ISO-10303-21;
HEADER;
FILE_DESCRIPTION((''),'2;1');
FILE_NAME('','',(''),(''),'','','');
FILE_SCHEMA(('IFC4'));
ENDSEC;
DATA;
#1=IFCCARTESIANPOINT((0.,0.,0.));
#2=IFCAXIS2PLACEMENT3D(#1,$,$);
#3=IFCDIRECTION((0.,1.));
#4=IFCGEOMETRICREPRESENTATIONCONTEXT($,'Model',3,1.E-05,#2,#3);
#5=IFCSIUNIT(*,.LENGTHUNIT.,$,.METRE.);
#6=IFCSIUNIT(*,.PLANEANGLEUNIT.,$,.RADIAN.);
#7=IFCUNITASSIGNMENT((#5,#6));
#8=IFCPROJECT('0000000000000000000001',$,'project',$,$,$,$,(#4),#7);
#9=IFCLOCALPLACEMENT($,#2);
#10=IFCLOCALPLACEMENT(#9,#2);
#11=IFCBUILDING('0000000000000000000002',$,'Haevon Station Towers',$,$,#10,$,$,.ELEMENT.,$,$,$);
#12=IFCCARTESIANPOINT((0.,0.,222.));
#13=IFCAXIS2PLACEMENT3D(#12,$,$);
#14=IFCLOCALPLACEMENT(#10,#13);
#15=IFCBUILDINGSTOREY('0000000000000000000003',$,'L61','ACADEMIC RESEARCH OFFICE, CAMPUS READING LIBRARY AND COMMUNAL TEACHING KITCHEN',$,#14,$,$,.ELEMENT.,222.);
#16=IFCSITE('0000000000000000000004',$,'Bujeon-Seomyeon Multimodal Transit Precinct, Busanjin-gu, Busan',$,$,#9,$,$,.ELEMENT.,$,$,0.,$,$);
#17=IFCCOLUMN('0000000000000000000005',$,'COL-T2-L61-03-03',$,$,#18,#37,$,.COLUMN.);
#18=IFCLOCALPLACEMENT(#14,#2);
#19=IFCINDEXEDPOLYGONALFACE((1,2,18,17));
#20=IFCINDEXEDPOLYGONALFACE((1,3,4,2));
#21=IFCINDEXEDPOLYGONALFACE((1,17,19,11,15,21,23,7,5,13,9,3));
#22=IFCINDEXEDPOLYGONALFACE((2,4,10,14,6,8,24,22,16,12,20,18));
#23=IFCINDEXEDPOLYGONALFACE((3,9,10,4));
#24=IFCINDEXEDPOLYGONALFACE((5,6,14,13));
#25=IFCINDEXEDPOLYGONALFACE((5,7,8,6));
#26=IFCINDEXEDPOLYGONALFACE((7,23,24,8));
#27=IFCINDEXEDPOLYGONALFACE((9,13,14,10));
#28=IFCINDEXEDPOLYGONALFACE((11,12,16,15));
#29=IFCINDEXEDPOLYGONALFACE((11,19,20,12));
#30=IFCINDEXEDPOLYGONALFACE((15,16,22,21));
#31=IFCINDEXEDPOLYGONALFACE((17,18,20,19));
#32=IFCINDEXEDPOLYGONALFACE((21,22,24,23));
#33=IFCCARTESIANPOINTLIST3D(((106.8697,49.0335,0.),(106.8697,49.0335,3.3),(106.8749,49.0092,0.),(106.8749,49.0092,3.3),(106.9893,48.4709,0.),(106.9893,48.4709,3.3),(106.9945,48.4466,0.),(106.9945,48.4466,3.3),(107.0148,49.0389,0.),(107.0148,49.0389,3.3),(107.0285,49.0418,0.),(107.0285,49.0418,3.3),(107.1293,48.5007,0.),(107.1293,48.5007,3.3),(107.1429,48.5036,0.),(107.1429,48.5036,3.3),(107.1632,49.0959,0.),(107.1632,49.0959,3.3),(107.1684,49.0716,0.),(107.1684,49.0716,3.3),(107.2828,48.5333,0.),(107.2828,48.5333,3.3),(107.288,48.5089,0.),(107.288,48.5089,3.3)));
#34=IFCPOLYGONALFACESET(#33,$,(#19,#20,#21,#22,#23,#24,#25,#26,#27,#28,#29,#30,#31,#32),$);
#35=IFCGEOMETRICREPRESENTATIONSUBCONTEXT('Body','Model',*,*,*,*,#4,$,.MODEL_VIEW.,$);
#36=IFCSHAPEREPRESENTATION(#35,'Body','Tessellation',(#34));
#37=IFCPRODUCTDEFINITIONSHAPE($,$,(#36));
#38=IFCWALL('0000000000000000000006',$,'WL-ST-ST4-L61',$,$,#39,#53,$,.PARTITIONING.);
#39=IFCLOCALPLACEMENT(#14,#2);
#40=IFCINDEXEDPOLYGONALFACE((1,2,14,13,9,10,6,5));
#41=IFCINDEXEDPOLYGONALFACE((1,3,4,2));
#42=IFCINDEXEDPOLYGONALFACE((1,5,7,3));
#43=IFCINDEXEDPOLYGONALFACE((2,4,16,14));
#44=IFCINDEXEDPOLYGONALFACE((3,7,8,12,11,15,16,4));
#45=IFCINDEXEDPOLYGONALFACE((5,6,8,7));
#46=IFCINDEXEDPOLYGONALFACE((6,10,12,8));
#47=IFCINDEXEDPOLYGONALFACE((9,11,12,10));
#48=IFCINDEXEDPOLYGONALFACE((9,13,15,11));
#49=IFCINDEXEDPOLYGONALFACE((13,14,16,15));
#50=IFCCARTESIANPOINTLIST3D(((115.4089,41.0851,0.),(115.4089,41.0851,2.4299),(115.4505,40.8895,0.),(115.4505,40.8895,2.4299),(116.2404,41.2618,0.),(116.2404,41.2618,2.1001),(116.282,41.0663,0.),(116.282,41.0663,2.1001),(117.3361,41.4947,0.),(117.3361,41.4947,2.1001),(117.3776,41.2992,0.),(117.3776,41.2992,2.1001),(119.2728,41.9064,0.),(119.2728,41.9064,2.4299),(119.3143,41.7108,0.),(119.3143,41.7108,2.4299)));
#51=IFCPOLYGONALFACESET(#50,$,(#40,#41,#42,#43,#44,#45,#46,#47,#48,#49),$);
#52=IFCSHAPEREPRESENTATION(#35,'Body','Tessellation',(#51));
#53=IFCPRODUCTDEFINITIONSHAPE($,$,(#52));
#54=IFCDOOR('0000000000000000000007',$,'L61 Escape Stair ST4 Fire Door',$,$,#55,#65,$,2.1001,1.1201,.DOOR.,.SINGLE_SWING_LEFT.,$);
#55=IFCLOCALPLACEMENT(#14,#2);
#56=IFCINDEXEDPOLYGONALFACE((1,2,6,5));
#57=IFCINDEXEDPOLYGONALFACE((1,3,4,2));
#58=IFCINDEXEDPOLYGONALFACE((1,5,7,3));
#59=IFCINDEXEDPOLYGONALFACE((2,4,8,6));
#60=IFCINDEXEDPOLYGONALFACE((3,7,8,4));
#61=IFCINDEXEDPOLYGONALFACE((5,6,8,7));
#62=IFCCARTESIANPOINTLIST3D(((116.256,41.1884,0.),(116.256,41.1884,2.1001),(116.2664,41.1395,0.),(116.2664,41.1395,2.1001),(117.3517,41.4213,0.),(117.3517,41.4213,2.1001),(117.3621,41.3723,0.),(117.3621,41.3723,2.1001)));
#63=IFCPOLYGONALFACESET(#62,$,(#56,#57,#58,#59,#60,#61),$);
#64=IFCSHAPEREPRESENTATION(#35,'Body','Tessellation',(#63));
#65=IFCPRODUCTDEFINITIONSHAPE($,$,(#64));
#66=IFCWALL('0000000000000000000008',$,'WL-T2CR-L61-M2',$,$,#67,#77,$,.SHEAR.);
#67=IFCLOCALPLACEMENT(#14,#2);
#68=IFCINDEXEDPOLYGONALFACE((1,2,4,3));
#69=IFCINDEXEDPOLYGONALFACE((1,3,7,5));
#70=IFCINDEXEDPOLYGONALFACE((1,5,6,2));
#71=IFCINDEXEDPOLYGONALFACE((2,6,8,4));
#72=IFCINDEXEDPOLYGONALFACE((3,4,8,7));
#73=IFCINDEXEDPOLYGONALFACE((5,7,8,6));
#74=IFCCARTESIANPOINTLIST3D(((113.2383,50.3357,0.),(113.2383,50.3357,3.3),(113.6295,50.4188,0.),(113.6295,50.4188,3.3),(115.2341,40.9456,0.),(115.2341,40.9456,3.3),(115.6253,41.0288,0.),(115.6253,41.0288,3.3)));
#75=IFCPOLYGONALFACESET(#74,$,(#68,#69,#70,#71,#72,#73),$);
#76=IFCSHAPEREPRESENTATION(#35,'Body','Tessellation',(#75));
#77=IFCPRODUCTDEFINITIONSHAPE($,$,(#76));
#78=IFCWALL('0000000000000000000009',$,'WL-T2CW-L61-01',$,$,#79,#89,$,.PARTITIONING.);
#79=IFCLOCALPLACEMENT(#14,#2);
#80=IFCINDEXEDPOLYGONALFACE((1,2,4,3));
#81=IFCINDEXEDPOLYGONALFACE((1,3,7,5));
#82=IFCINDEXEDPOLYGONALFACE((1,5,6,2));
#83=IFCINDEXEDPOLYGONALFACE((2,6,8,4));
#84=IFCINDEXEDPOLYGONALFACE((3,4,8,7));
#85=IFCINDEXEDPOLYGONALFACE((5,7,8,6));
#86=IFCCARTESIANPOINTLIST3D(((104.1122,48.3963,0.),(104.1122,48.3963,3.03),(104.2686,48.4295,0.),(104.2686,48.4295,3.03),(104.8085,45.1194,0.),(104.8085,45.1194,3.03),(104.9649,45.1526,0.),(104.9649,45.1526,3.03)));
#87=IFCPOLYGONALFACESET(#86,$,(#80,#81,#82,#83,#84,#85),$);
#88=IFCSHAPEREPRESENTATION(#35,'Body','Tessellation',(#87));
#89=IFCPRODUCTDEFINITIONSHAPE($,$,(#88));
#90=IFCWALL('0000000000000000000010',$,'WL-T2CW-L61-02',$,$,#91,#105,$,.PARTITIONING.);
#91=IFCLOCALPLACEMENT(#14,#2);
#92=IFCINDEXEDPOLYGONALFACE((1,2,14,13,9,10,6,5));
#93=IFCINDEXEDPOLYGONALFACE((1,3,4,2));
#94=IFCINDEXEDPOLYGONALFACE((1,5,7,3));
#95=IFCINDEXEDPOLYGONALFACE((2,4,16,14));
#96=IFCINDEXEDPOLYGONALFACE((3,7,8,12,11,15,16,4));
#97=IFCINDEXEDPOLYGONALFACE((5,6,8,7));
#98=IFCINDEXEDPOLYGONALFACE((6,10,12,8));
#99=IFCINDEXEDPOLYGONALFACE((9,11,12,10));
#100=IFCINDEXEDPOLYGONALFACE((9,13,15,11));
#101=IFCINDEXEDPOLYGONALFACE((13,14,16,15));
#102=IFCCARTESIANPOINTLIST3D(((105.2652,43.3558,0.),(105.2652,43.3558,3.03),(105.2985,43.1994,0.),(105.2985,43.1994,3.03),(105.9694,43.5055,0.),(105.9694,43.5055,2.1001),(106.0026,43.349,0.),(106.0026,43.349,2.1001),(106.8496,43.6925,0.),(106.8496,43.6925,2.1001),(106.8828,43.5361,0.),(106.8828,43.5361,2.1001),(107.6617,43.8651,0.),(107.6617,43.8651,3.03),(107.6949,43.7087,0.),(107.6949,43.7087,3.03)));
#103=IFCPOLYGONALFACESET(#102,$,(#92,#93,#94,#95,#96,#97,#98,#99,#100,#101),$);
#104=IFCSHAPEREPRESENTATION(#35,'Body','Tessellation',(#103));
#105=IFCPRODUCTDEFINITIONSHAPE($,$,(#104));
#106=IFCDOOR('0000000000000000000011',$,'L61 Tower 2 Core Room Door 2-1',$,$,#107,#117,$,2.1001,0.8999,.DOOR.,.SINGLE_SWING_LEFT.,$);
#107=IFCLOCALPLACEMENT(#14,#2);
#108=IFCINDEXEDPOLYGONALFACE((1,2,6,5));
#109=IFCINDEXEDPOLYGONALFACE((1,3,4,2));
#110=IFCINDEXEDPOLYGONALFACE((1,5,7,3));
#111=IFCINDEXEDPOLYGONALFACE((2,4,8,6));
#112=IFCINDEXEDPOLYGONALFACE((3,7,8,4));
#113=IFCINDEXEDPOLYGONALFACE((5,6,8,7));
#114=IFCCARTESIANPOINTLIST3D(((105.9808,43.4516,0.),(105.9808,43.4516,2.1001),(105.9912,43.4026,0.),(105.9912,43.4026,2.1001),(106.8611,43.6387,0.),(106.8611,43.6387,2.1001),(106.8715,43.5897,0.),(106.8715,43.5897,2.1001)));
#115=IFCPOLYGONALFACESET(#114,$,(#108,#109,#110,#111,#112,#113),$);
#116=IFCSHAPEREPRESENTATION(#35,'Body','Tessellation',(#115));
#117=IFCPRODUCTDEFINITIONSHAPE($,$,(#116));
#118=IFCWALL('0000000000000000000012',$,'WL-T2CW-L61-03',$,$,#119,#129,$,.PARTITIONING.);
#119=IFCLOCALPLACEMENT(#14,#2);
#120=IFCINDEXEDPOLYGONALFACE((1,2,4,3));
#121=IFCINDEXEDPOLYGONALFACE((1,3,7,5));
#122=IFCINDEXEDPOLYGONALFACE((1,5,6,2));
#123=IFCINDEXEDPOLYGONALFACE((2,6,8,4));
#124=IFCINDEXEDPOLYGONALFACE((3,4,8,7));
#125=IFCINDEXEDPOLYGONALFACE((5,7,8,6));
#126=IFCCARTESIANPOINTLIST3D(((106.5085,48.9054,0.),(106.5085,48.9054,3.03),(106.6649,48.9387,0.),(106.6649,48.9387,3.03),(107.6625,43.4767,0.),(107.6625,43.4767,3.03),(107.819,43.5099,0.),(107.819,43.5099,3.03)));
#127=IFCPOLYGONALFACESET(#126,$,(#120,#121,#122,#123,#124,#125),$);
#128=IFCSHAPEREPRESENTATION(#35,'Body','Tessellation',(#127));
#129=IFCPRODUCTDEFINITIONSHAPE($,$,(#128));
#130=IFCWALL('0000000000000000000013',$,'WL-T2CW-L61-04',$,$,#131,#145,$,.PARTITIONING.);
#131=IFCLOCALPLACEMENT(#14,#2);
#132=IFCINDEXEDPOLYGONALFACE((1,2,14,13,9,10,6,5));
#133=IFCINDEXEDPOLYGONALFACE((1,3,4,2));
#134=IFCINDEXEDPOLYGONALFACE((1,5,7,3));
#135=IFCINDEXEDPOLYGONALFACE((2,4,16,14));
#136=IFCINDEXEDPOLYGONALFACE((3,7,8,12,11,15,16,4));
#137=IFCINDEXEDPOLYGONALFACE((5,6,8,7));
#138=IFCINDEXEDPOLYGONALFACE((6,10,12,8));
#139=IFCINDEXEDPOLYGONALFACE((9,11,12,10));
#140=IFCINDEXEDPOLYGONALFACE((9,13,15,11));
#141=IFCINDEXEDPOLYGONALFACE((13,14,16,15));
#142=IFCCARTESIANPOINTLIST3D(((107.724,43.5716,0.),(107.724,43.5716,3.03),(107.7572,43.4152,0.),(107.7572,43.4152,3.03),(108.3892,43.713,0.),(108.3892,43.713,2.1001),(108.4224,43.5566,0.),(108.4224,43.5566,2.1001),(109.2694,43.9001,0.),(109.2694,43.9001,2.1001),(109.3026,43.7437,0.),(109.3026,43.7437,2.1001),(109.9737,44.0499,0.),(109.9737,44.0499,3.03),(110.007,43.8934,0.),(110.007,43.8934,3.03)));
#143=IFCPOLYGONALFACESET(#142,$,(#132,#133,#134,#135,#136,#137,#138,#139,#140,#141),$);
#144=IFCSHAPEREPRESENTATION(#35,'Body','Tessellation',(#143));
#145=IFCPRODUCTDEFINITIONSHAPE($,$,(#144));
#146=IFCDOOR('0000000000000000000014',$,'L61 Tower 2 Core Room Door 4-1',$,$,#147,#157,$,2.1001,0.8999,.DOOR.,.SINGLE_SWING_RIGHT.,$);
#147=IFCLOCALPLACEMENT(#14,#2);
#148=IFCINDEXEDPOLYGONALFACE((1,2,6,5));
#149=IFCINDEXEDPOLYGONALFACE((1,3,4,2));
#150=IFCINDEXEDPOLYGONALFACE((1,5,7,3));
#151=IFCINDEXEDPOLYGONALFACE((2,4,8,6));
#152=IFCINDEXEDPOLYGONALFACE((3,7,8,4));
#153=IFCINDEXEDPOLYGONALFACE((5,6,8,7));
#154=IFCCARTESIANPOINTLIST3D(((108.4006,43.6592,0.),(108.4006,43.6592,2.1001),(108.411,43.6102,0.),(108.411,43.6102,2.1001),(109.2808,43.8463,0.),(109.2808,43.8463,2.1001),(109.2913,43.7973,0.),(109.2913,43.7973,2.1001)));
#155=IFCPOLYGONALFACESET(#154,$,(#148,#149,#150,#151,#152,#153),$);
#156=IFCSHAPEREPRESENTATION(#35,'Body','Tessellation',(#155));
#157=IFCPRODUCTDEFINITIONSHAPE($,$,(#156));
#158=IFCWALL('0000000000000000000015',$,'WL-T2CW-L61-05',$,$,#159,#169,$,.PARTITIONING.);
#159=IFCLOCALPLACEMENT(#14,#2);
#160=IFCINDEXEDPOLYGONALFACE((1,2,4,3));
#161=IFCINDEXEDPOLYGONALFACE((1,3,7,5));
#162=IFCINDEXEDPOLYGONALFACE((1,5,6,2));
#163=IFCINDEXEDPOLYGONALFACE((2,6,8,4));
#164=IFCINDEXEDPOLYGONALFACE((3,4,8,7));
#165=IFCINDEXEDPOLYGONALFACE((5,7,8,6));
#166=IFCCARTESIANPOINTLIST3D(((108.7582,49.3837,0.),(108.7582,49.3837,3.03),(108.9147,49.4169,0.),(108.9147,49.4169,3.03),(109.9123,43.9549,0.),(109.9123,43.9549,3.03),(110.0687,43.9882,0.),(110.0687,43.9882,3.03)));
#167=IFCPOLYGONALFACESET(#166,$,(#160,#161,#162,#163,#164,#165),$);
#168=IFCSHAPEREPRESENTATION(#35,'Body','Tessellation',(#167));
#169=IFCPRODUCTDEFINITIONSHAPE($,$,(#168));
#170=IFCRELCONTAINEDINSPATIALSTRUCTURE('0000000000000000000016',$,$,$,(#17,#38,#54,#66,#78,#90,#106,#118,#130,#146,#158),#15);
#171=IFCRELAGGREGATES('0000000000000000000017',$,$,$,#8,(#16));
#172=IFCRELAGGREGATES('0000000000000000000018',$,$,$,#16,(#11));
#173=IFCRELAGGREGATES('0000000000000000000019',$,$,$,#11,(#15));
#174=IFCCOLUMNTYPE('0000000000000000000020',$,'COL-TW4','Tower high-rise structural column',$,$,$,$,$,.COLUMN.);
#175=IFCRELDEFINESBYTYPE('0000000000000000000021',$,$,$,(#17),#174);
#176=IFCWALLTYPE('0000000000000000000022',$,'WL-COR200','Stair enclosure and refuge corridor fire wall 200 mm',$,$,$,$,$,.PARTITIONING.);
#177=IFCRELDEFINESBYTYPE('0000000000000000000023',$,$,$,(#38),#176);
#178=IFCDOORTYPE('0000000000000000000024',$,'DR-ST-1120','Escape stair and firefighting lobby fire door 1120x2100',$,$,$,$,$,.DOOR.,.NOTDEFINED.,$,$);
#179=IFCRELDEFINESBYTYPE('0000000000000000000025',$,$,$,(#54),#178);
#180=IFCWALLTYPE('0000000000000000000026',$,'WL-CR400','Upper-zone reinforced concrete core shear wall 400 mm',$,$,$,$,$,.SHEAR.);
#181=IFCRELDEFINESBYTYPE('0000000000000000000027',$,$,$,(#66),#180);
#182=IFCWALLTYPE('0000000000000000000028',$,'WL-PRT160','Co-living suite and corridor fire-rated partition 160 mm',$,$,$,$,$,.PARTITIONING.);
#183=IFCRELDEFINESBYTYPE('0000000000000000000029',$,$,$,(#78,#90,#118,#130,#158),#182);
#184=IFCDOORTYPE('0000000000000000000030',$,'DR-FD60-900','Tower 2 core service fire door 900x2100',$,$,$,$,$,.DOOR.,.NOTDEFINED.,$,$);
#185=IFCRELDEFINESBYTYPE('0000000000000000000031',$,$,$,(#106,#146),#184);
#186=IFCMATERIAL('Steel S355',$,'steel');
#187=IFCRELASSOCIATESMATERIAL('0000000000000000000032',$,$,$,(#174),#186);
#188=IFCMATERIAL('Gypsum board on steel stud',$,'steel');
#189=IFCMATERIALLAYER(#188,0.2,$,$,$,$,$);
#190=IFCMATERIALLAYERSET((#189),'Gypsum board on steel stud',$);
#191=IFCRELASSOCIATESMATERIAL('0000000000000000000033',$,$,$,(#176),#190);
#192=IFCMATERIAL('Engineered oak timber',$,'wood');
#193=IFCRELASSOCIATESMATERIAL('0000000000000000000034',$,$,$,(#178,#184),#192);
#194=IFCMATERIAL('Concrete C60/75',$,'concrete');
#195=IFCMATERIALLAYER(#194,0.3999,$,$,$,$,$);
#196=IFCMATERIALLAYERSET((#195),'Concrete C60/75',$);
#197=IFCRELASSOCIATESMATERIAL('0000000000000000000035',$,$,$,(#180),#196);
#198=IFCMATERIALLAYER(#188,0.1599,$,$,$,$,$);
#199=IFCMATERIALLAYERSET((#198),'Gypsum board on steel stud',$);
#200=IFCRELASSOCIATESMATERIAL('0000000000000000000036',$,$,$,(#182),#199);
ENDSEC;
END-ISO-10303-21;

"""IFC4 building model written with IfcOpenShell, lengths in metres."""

from ifc_helpers import new_model, si_unit, direction, frame, frame_2d, origin, origin_2d, place, context, subcontext, project, spatial, rectangle, i_section, extrude, material, layer, layer_set, material_profile, profile_set, type_object, element, fill, save


model = new_model("IFC4")

# Units and contexts
model_context = context("Model", 3, precision=1e-05, world=origin(), true_north=direction((0.0, 1.0)))
body_context = subcontext(model_context, "Body", "Model", "MODEL_VIEW")
ifc_project = project(units=[si_unit("LENGTHUNIT", "METRE"), si_unit("PLANEANGLEUNIT", "RADIAN")], contexts=[model_context])

# Site, building, storey
site_placement = place(None, origin())
site = spatial("IfcSite", under=ifc_project, at=site_placement, Name="Bujeon-Seomyeon Multimodal Transit Precinct, Busanjin-gu, Busan", CompositionType="ELEMENT", RefElevation=0.0)
building_placement = place(site_placement, origin())
building = spatial("IfcBuilding", under=site, at=building_placement, Name="Haevon Station Towers", CompositionType="ELEMENT")
storey_placement = place(building_placement, frame((0.0, 0.0, 222.0)))
storey = spatial("IfcBuildingStorey", under=building, at=storey_placement, Name="L61", Description="ACADEMIC RESEARCH OFFICE, CAMPUS READING LIBRARY AND COMMUNAL TEACHING KITCHEN", CompositionType="ELEMENT", Elevation=222.0)

# Column
ifc_material_1 = material(Name="Steel S355", Category="steel")
ifc_material_profile = material_profile(ifc_material_1, i_section(OverallWidth=0.3, OverallDepth=0.6001, WebThickness=0.0139, FlangeThickness=0.0249, at=origin_2d()), Name="H-600x300x14x25")
ifc_profile_set = profile_set([ifc_material_profile], Name="Steel S355")
column_type = type_object("IfcColumnType", Name="COL-TW4", Description="Tower high-rise structural column", PredefinedType="COLUMN", material=ifc_profile_set)
column_placement = place(storey_placement, frame((107.0789, 48.7712, 0.0), z_axis=(0.0, 0.0, 1.0), x_axis=(0.978148, 0.207912, 0.0)))
element("IfcColumn", 1, at=column_placement, inside=storey, type_object=column_type, Name="COL-T2-L61-03-03", PredefinedType="COLUMN", context=body_context, shape_type="SweptSolid", body=[
    extrude(i_section(OverallWidth=0.3, OverallDepth=0.6001, WebThickness=0.0139, FlangeThickness=0.0249, at=origin_2d()), origin(), (0.0, 0.0, 1.0), 3.3),
])

# Wall, opening, door
ifc_material_2 = material(Name="Gypsum board on steel stud", Category="steel")
ifc_layer_1 = layer(ifc_material_2, 0.2)
ifc_layer_set_1 = layer_set([ifc_layer_1], Name="Gypsum board on steel stud")
wall_type_1 = type_object("IfcWallType", Name="WL-COR200", Description="Stair enclosure and refuge corridor fire wall 200 mm", PredefinedType="PARTITIONING", material=ifc_layer_set_1)
wall_1_placement = place(storey_placement, frame((115.4297, 40.9873, 0.0), z_axis=(0.0, 0.0, 1.0), x_axis=(0.978147, 0.207916, 0.0)))
wall_1 = element("IfcWall", 2, at=wall_1_placement, inside=storey, type_object=wall_type_1, Name="WL-ST-ST4-L61", PredefinedType="PARTITIONING", context=body_context, shape_type="SweptSolid", body=[
    extrude(rectangle(XDim=3.9502, YDim=0.2, at=frame_2d((1.9751, 0.0))), origin(), (0.0, 0.0, 1.0), 2.4299),
])
opening_1_placement = place(wall_1_placement, frame((0.8501, 0.0, 0.0)))
opening_1 = element("IfcOpeningElement", 3, at=opening_1_placement, cuts=wall_1, PredefinedType="OPENING", context=body_context, shape_type="SweptSolid", body=[
    extrude(rectangle(XDim=1.1201, YDim=2.1001, at=frame_2d((0.5601, 1.05))), frame((0.0, 0.1099, 0.0), z_axis=(0.0, -1.0, 0.0), x_axis=(1.0, 0.0, 0.0)), (0.0, 0.0, 1.0), 0.22),
])
ifc_material_3 = material(Name="Engineered oak timber", Category="wood")
door_type_1 = type_object("IfcDoorType", Name="DR-ST-1120", Description="Escape stair and firefighting lobby fire door 1120x2100", OperationType="NOTDEFINED", PredefinedType="DOOR", material=ifc_material_3)
door_1_placement = place(opening_1_placement, origin())
door_1 = element("IfcDoor", 4, at=door_1_placement, inside=storey, type_object=door_type_1, Name="L61 Escape Stair ST4 Fire Door", OperationType="SINGLE_SWING_LEFT", OverallHeight=2.1001, OverallWidth=1.1201, PredefinedType="DOOR", context=body_context, shape_type="SweptSolid", body=[
    extrude(rectangle(XDim=1.1201, YDim=2.1001, at=frame_2d((0.5601, 1.05))), frame((0.0, 0.0249, 0.0), z_axis=(0.0, -1.0, 0.0), x_axis=(1.0, 0.0, 0.0)), (0.0, 0.0, 1.0), 0.05),
])
fill(opening_1, door_1)

# Walls
ifc_material_4 = material(Name="Concrete C60/75", Category="concrete")
ifc_layer_2 = layer(ifc_material_4, 0.3999)
ifc_layer_set_2 = layer_set([ifc_layer_2], Name="Concrete C60/75")
wall_type_2 = type_object("IfcWallType", Name="WL-CR400", Description="Upper-zone reinforced concrete core shear wall 400 mm", PredefinedType="SHEAR", material=ifc_layer_set_2)
wall_2_placement = place(storey_placement, frame((115.4297, 40.9873, 0.0), z_axis=(0.0, 0.0, 1.0), x_axis=(-0.207903, 0.978149, 0.0)))
element("IfcWall", 5, at=wall_2_placement, inside=storey, type_object=wall_type_2, Name="WL-T2CR-L61-M2", PredefinedType="SHEAR", context=body_context, shape_type="SweptSolid", body=[
    extrude(rectangle(XDim=9.5999, YDim=0.3999, at=frame_2d((4.7998, 0.0))), origin(), (0.0, 0.0, 1.0), 3.3),
])
ifc_layer_3 = layer(ifc_material_2, 0.1599)
ifc_layer_set_3 = layer_set([ifc_layer_3], Name="Gypsum board on steel stud")
wall_type_3 = type_object("IfcWallType", Name="WL-PRT160", Description="Co-living suite and corridor fire-rated partition 160 mm", PredefinedType="PARTITIONING", material=ifc_layer_set_3)
wall_3_placement = place(storey_placement, frame((104.8867, 45.136, 0.0), z_axis=(0.0, 0.0, 1.0), x_axis=(-0.207847, 0.978161, 0.0)))
element("IfcWall", 6, at=wall_3_placement, inside=storey, type_object=wall_type_3, Name="WL-T2CW-L61-01", PredefinedType="PARTITIONING", context=body_context, shape_type="SweptSolid", body=[
    extrude(rectangle(XDim=3.3501, YDim=0.1599, at=frame_2d((1.675, 0.0))), origin(), (0.0, 0.0, 1.0), 3.03),
])

# Wall, opening, door
wall_4_placement = place(storey_placement, frame((105.2817, 43.2776, 0.0), z_axis=(0.0, 0.0, 1.0), x_axis=(0.978157, 0.207868, 0.0)))
wall_4 = element("IfcWall", 7, at=wall_4_placement, inside=storey, type_object=wall_type_3, Name="WL-T2CW-L61-02", PredefinedType="PARTITIONING", context=body_context, shape_type="SweptSolid", body=[
    extrude(rectangle(XDim=2.45, YDim=0.1599, at=frame_2d((1.2251, 0.0))), origin(), (0.0, 0.0, 1.0), 3.03),
])
opening_2_placement = place(wall_4_placement, frame((0.72, 0.0, 0.0)))
opening_2 = element("IfcOpeningElement", 8, at=opening_2_placement, cuts=wall_4, PredefinedType="OPENING", context=body_context, shape_type="SweptSolid", body=[
    extrude(rectangle(XDim=0.8999, YDim=2.1001, at=frame_2d((0.45, 1.05))), frame((0.0, 0.0898, 0.0), z_axis=(0.0, -1.0, 0.0), x_axis=(1.0, 0.0, 0.0)), (0.0, 0.0, 1.0), 0.1799),
])
door_type_2 = type_object("IfcDoorType", Name="DR-FD60-900", Description="Tower 2 core service fire door 900x2100", OperationType="NOTDEFINED", PredefinedType="DOOR", material=ifc_material_3)
door_2_placement = place(opening_2_placement, origin())
door_2 = element("IfcDoor", 9, at=door_2_placement, inside=storey, type_object=door_type_2, Name="L61 Tower 2 Core Room Door 2-1", OperationType="SINGLE_SWING_LEFT", OverallHeight=2.1001, OverallWidth=0.8999, PredefinedType="DOOR", context=body_context, shape_type="SweptSolid", body=[
    extrude(rectangle(XDim=0.8999, YDim=2.1001, at=frame_2d((0.45, 1.05))), frame((0.0, 0.0249, 0.0), z_axis=(0.0, -1.0, 0.0), x_axis=(1.0, 0.0, 0.0)), (0.0, 0.0, 1.0), 0.05),
])
fill(opening_2, door_2)

# Wall
wall_5_placement = place(storey_placement, frame((107.7407, 43.4934, 0.0), z_axis=(0.0, 0.0, 1.0), x_axis=(-0.207937, 0.978142, 0.0)))
element("IfcWall", 10, at=wall_5_placement, inside=storey, type_object=wall_type_3, Name="WL-T2CW-L61-03", PredefinedType="PARTITIONING", context=body_context, shape_type="SweptSolid", body=[
    extrude(rectangle(XDim=5.55, YDim=0.1599, at=frame_2d((2.7749, 0.0))), origin(), (0.0, 0.0, 1.0), 3.03),
])

# Wall, opening, door
wall_6_placement = place(storey_placement, frame((107.7407, 43.4934, 0.0), z_axis=(0.0, 0.0, 1.0), x_axis=(0.978141, 0.207941, 0.0)))
wall_6 = element("IfcWall", 11, at=wall_6_placement, inside=storey, type_object=wall_type_3, Name="WL-T2CW-L61-04", PredefinedType="PARTITIONING", context=body_context, shape_type="SweptSolid", body=[
    extrude(rectangle(XDim=2.3, YDim=0.1599, at=frame_2d((1.1499, 0.0))), origin(), (0.0, 0.0, 1.0), 3.03),
])
opening_3_placement = place(wall_6_placement, frame((0.6799, 0.0, 0.0)))
opening_3 = element("IfcOpeningElement", 12, at=opening_3_placement, cuts=wall_6, PredefinedType="OPENING", context=body_context, shape_type="SweptSolid", body=[
    extrude(rectangle(XDim=0.8999, YDim=2.1001, at=frame_2d((0.45, 1.05))), frame((0.0, 0.0898, 0.0), z_axis=(0.0, -1.0, 0.0), x_axis=(1.0, 0.0, 0.0)), (0.0, 0.0, 1.0), 0.1799),
])
door_3_placement = place(opening_3_placement, origin())
door_3 = element("IfcDoor", 13, at=door_3_placement, inside=storey, type_object=door_type_2, Name="L61 Tower 2 Core Room Door 4-1", OperationType="SINGLE_SWING_RIGHT", OverallHeight=2.1001, OverallWidth=0.8999, PredefinedType="DOOR", context=body_context, shape_type="SweptSolid", body=[
    extrude(rectangle(XDim=0.8999, YDim=2.1001, at=frame_2d((0.45, 1.05))), frame((0.0, 0.0249, 0.0), z_axis=(0.0, -1.0, 0.0), x_axis=(1.0, 0.0, 0.0)), (0.0, 0.0, 1.0), 0.05),
])
fill(opening_3, door_3)

# Wall
wall_7_placement = place(storey_placement, frame((109.9905, 43.9717, 0.0), z_axis=(0.0, 0.0, 1.0), x_axis=(-0.207937, 0.978142, 0.0)))
element("IfcWall", 14, at=wall_7_placement, inside=storey, type_object=wall_type_3, Name="WL-T2CW-L61-05", PredefinedType="PARTITIONING", context=body_context, shape_type="SweptSolid", body=[
    extrude(rectangle(XDim=5.55, YDim=0.1599, at=frame_2d((2.7749, 0.0))), origin(), (0.0, 0.0, 1.0), 3.03),
])

save(model, "model.ifc")
